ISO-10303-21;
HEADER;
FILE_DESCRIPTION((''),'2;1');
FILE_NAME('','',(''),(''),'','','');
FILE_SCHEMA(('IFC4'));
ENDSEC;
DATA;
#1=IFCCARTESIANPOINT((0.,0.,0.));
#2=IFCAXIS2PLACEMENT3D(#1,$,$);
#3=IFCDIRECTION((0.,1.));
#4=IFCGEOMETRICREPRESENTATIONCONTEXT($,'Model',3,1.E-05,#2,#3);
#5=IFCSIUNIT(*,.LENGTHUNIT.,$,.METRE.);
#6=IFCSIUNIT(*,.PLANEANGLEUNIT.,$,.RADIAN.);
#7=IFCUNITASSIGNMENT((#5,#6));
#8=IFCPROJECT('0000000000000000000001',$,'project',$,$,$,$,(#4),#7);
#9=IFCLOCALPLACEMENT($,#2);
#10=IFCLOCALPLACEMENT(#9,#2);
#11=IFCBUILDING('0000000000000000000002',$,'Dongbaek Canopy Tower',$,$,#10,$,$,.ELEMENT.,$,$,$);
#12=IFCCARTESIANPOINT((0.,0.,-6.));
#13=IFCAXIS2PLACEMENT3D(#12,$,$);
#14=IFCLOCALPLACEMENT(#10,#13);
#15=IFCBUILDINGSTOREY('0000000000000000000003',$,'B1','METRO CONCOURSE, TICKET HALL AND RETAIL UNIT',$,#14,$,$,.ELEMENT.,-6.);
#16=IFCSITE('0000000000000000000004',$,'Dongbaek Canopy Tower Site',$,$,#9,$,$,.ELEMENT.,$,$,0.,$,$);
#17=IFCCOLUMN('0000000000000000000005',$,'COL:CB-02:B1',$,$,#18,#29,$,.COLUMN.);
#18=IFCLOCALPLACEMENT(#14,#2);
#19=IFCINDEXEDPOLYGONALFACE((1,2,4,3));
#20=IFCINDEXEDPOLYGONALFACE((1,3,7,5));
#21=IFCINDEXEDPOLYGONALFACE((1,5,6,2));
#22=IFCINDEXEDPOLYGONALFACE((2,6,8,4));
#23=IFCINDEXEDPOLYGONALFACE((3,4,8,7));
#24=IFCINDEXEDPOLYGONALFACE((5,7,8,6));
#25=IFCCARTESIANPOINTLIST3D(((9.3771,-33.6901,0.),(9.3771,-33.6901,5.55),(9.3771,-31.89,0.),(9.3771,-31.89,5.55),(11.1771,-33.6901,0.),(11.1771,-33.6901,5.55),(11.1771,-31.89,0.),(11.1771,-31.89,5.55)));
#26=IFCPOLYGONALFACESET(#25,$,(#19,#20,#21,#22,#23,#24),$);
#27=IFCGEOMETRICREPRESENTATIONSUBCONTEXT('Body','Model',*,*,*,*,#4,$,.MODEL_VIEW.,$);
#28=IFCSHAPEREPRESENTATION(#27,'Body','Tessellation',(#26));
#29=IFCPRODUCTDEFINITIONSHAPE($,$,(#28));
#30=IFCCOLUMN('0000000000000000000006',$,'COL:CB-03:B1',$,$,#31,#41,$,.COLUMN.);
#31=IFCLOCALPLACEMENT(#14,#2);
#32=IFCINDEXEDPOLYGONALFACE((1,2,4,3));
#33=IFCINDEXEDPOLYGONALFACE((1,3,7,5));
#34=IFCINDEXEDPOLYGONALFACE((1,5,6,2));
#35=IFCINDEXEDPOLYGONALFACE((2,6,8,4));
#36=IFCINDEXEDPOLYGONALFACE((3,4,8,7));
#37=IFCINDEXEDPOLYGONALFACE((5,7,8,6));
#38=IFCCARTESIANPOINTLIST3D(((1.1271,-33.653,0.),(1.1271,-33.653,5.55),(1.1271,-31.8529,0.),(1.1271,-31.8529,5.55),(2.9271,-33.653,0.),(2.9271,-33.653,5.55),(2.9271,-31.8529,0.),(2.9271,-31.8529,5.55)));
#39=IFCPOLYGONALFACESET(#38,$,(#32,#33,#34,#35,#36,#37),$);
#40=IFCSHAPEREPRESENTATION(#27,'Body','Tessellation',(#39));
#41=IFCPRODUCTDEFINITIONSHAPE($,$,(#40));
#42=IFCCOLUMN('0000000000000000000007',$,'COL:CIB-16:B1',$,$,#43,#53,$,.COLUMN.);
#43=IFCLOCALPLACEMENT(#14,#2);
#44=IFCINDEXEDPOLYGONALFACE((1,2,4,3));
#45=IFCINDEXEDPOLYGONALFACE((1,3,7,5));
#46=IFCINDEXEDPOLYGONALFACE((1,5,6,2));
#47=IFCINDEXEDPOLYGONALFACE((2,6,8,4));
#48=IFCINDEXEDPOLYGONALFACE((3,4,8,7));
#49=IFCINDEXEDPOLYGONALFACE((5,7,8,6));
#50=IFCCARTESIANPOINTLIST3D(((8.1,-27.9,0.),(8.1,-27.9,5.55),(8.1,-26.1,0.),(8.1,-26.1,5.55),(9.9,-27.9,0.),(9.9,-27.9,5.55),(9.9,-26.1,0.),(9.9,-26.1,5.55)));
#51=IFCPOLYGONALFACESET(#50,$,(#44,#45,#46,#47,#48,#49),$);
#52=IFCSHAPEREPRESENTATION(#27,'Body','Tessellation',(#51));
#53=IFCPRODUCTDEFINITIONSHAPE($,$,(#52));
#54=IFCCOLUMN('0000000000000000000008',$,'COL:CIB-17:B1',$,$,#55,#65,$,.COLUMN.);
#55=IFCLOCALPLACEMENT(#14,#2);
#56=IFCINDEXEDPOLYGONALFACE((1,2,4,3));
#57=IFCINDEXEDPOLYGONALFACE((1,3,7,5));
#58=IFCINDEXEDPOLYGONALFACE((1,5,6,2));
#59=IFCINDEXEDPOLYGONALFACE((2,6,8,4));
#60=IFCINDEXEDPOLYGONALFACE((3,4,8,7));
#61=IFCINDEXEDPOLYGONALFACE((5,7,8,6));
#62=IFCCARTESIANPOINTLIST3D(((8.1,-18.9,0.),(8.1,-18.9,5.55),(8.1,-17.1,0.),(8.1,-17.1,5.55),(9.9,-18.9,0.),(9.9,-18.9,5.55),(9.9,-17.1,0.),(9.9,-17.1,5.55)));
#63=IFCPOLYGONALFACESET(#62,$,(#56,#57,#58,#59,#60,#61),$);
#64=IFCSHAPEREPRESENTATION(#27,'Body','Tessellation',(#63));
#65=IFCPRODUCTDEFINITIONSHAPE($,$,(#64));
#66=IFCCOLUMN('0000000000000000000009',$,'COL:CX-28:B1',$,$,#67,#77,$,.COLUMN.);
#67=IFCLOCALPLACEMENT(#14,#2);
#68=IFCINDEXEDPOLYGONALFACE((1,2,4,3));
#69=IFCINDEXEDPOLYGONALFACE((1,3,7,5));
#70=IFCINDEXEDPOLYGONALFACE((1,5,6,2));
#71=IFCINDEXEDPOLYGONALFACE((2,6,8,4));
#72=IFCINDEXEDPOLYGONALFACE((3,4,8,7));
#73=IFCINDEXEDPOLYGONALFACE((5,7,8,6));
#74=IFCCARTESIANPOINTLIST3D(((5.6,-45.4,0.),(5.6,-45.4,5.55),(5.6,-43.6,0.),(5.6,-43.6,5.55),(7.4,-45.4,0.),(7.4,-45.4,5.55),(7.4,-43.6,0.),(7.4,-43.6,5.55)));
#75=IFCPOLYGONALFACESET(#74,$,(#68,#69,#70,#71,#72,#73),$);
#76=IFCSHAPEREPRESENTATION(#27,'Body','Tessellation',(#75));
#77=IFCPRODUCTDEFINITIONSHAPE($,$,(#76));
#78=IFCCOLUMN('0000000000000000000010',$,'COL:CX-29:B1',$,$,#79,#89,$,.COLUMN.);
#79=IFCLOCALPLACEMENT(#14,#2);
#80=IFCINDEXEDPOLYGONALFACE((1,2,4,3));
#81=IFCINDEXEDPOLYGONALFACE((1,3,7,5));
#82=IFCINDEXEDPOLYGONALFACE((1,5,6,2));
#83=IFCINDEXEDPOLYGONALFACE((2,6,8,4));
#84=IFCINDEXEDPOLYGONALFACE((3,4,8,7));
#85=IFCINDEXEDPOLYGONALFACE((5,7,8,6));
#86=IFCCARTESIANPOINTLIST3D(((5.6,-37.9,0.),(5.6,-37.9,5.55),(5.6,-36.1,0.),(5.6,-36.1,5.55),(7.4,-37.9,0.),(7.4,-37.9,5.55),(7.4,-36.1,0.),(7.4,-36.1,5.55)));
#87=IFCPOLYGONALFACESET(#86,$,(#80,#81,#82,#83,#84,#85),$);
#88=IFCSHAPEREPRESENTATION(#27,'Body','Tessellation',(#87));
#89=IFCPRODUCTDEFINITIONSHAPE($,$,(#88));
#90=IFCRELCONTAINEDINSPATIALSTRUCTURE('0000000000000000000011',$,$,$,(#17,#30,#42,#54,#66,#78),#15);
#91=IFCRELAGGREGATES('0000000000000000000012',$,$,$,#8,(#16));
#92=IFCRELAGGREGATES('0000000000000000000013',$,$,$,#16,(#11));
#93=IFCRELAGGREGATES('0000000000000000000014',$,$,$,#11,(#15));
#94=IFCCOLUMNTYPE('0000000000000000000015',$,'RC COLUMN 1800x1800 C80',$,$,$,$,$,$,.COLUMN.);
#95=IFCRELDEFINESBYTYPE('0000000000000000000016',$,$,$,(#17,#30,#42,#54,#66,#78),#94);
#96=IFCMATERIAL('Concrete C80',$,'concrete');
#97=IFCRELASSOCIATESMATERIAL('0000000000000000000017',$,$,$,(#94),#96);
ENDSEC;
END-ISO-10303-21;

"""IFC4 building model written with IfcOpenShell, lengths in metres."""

from ifc_helpers import new_model, si_unit, direction, frame, origin, origin_2d, place, context, subcontext, project, spatial, rectangle, extrude, material, material_profile, profile_set, type_object, element, save


model = new_model("IFC4")

# Units and contexts
model_context = context("Model", 3, precision=1e-05, world=origin(), true_north=direction((0.0, 1.0)))
body_context = subcontext(model_context, "Body", "Model", "MODEL_VIEW")
ifc_project = project(units=[si_unit("LENGTHUNIT", "METRE"), si_unit("PLANEANGLEUNIT", "RADIAN")], contexts=[model_context])

# Site, building, storey
site_placement = place(None, origin())
site = spatial("IfcSite", under=ifc_project, at=site_placement, Name="Dongbaek Canopy Tower Site", CompositionType="ELEMENT", RefElevation=0.0)
building_placement = place(site_placement, origin())
building = spatial("IfcBuilding", under=site, at=building_placement, Name="Dongbaek Canopy Tower", CompositionType="ELEMENT")
storey_placement = place(building_placement, frame((0.0, 0.0, -6.0)))
storey = spatial("IfcBuildingStorey", under=building, at=storey_placement, Name="B1", Description="METRO CONCOURSE, TICKET HALL AND RETAIL UNIT", CompositionType="ELEMENT", Elevation=-6.0)

# Columns
ifc_material_1 = material(Name="Concrete C80", Category="concrete")
ifc_material_profile = material_profile(ifc_material_1, rectangle(XDim=1.8, YDim=1.8, at=origin_2d()), Name="RC COLUMN 1800x1800 C80")
ifc_profile_set = profile_set([ifc_material_profile], Name="Concrete C80")
column_type = type_object("IfcColumnType", Name="RC COLUMN 1800x1800 C80", PredefinedType="COLUMN", material=ifc_profile_set)
for number, where, z_axis, x_axis, name in (
    (1, (10.2771, -32.79, 0.0), (0.0, 0.0, 1.0), (1.0, 0.0, 0.0), "COL:CB-02:B1"),
    (2, (2.0271, -32.7529, 0.0), (0.0, 0.0, 1.0), (1.0, 0.0, 0.0), "COL:CB-03:B1"),
    (3, (9.0, -27.0, 0.0), (0.0, 0.0, 1.0), (1.0, 0.0, 0.0), "COL:CIB-16:B1"),
    (4, (9.0, -18.0, 0.0), (0.0, 0.0, 1.0), (1.0, 0.0, 0.0), "COL:CIB-17:B1"),
    (5, (6.5, -44.5, 0.0), (0.0, 0.0, 1.0), (1.0, 0.0, 0.0), "COL:CX-28:B1"),
    (6, (6.5, -37.0, 0.0), (0.0, 0.0, 1.0), (1.0, 0.0, 0.0), "COL:CX-29:B1"),
):
    element("IfcColumn", number, at=place(storey_placement, frame(where, z_axis=z_axis, x_axis=x_axis)), inside=storey, type_object=column_type, Name=name, PredefinedType="COLUMN", context=body_context, shape_type="SweptSolid", body=[
        extrude(rectangle(XDim=1.8, YDim=1.8, at=origin_2d()), origin(), (0.0, 0.0, 1.0), 5.55),
    ])

save(model, "model.ifc")
